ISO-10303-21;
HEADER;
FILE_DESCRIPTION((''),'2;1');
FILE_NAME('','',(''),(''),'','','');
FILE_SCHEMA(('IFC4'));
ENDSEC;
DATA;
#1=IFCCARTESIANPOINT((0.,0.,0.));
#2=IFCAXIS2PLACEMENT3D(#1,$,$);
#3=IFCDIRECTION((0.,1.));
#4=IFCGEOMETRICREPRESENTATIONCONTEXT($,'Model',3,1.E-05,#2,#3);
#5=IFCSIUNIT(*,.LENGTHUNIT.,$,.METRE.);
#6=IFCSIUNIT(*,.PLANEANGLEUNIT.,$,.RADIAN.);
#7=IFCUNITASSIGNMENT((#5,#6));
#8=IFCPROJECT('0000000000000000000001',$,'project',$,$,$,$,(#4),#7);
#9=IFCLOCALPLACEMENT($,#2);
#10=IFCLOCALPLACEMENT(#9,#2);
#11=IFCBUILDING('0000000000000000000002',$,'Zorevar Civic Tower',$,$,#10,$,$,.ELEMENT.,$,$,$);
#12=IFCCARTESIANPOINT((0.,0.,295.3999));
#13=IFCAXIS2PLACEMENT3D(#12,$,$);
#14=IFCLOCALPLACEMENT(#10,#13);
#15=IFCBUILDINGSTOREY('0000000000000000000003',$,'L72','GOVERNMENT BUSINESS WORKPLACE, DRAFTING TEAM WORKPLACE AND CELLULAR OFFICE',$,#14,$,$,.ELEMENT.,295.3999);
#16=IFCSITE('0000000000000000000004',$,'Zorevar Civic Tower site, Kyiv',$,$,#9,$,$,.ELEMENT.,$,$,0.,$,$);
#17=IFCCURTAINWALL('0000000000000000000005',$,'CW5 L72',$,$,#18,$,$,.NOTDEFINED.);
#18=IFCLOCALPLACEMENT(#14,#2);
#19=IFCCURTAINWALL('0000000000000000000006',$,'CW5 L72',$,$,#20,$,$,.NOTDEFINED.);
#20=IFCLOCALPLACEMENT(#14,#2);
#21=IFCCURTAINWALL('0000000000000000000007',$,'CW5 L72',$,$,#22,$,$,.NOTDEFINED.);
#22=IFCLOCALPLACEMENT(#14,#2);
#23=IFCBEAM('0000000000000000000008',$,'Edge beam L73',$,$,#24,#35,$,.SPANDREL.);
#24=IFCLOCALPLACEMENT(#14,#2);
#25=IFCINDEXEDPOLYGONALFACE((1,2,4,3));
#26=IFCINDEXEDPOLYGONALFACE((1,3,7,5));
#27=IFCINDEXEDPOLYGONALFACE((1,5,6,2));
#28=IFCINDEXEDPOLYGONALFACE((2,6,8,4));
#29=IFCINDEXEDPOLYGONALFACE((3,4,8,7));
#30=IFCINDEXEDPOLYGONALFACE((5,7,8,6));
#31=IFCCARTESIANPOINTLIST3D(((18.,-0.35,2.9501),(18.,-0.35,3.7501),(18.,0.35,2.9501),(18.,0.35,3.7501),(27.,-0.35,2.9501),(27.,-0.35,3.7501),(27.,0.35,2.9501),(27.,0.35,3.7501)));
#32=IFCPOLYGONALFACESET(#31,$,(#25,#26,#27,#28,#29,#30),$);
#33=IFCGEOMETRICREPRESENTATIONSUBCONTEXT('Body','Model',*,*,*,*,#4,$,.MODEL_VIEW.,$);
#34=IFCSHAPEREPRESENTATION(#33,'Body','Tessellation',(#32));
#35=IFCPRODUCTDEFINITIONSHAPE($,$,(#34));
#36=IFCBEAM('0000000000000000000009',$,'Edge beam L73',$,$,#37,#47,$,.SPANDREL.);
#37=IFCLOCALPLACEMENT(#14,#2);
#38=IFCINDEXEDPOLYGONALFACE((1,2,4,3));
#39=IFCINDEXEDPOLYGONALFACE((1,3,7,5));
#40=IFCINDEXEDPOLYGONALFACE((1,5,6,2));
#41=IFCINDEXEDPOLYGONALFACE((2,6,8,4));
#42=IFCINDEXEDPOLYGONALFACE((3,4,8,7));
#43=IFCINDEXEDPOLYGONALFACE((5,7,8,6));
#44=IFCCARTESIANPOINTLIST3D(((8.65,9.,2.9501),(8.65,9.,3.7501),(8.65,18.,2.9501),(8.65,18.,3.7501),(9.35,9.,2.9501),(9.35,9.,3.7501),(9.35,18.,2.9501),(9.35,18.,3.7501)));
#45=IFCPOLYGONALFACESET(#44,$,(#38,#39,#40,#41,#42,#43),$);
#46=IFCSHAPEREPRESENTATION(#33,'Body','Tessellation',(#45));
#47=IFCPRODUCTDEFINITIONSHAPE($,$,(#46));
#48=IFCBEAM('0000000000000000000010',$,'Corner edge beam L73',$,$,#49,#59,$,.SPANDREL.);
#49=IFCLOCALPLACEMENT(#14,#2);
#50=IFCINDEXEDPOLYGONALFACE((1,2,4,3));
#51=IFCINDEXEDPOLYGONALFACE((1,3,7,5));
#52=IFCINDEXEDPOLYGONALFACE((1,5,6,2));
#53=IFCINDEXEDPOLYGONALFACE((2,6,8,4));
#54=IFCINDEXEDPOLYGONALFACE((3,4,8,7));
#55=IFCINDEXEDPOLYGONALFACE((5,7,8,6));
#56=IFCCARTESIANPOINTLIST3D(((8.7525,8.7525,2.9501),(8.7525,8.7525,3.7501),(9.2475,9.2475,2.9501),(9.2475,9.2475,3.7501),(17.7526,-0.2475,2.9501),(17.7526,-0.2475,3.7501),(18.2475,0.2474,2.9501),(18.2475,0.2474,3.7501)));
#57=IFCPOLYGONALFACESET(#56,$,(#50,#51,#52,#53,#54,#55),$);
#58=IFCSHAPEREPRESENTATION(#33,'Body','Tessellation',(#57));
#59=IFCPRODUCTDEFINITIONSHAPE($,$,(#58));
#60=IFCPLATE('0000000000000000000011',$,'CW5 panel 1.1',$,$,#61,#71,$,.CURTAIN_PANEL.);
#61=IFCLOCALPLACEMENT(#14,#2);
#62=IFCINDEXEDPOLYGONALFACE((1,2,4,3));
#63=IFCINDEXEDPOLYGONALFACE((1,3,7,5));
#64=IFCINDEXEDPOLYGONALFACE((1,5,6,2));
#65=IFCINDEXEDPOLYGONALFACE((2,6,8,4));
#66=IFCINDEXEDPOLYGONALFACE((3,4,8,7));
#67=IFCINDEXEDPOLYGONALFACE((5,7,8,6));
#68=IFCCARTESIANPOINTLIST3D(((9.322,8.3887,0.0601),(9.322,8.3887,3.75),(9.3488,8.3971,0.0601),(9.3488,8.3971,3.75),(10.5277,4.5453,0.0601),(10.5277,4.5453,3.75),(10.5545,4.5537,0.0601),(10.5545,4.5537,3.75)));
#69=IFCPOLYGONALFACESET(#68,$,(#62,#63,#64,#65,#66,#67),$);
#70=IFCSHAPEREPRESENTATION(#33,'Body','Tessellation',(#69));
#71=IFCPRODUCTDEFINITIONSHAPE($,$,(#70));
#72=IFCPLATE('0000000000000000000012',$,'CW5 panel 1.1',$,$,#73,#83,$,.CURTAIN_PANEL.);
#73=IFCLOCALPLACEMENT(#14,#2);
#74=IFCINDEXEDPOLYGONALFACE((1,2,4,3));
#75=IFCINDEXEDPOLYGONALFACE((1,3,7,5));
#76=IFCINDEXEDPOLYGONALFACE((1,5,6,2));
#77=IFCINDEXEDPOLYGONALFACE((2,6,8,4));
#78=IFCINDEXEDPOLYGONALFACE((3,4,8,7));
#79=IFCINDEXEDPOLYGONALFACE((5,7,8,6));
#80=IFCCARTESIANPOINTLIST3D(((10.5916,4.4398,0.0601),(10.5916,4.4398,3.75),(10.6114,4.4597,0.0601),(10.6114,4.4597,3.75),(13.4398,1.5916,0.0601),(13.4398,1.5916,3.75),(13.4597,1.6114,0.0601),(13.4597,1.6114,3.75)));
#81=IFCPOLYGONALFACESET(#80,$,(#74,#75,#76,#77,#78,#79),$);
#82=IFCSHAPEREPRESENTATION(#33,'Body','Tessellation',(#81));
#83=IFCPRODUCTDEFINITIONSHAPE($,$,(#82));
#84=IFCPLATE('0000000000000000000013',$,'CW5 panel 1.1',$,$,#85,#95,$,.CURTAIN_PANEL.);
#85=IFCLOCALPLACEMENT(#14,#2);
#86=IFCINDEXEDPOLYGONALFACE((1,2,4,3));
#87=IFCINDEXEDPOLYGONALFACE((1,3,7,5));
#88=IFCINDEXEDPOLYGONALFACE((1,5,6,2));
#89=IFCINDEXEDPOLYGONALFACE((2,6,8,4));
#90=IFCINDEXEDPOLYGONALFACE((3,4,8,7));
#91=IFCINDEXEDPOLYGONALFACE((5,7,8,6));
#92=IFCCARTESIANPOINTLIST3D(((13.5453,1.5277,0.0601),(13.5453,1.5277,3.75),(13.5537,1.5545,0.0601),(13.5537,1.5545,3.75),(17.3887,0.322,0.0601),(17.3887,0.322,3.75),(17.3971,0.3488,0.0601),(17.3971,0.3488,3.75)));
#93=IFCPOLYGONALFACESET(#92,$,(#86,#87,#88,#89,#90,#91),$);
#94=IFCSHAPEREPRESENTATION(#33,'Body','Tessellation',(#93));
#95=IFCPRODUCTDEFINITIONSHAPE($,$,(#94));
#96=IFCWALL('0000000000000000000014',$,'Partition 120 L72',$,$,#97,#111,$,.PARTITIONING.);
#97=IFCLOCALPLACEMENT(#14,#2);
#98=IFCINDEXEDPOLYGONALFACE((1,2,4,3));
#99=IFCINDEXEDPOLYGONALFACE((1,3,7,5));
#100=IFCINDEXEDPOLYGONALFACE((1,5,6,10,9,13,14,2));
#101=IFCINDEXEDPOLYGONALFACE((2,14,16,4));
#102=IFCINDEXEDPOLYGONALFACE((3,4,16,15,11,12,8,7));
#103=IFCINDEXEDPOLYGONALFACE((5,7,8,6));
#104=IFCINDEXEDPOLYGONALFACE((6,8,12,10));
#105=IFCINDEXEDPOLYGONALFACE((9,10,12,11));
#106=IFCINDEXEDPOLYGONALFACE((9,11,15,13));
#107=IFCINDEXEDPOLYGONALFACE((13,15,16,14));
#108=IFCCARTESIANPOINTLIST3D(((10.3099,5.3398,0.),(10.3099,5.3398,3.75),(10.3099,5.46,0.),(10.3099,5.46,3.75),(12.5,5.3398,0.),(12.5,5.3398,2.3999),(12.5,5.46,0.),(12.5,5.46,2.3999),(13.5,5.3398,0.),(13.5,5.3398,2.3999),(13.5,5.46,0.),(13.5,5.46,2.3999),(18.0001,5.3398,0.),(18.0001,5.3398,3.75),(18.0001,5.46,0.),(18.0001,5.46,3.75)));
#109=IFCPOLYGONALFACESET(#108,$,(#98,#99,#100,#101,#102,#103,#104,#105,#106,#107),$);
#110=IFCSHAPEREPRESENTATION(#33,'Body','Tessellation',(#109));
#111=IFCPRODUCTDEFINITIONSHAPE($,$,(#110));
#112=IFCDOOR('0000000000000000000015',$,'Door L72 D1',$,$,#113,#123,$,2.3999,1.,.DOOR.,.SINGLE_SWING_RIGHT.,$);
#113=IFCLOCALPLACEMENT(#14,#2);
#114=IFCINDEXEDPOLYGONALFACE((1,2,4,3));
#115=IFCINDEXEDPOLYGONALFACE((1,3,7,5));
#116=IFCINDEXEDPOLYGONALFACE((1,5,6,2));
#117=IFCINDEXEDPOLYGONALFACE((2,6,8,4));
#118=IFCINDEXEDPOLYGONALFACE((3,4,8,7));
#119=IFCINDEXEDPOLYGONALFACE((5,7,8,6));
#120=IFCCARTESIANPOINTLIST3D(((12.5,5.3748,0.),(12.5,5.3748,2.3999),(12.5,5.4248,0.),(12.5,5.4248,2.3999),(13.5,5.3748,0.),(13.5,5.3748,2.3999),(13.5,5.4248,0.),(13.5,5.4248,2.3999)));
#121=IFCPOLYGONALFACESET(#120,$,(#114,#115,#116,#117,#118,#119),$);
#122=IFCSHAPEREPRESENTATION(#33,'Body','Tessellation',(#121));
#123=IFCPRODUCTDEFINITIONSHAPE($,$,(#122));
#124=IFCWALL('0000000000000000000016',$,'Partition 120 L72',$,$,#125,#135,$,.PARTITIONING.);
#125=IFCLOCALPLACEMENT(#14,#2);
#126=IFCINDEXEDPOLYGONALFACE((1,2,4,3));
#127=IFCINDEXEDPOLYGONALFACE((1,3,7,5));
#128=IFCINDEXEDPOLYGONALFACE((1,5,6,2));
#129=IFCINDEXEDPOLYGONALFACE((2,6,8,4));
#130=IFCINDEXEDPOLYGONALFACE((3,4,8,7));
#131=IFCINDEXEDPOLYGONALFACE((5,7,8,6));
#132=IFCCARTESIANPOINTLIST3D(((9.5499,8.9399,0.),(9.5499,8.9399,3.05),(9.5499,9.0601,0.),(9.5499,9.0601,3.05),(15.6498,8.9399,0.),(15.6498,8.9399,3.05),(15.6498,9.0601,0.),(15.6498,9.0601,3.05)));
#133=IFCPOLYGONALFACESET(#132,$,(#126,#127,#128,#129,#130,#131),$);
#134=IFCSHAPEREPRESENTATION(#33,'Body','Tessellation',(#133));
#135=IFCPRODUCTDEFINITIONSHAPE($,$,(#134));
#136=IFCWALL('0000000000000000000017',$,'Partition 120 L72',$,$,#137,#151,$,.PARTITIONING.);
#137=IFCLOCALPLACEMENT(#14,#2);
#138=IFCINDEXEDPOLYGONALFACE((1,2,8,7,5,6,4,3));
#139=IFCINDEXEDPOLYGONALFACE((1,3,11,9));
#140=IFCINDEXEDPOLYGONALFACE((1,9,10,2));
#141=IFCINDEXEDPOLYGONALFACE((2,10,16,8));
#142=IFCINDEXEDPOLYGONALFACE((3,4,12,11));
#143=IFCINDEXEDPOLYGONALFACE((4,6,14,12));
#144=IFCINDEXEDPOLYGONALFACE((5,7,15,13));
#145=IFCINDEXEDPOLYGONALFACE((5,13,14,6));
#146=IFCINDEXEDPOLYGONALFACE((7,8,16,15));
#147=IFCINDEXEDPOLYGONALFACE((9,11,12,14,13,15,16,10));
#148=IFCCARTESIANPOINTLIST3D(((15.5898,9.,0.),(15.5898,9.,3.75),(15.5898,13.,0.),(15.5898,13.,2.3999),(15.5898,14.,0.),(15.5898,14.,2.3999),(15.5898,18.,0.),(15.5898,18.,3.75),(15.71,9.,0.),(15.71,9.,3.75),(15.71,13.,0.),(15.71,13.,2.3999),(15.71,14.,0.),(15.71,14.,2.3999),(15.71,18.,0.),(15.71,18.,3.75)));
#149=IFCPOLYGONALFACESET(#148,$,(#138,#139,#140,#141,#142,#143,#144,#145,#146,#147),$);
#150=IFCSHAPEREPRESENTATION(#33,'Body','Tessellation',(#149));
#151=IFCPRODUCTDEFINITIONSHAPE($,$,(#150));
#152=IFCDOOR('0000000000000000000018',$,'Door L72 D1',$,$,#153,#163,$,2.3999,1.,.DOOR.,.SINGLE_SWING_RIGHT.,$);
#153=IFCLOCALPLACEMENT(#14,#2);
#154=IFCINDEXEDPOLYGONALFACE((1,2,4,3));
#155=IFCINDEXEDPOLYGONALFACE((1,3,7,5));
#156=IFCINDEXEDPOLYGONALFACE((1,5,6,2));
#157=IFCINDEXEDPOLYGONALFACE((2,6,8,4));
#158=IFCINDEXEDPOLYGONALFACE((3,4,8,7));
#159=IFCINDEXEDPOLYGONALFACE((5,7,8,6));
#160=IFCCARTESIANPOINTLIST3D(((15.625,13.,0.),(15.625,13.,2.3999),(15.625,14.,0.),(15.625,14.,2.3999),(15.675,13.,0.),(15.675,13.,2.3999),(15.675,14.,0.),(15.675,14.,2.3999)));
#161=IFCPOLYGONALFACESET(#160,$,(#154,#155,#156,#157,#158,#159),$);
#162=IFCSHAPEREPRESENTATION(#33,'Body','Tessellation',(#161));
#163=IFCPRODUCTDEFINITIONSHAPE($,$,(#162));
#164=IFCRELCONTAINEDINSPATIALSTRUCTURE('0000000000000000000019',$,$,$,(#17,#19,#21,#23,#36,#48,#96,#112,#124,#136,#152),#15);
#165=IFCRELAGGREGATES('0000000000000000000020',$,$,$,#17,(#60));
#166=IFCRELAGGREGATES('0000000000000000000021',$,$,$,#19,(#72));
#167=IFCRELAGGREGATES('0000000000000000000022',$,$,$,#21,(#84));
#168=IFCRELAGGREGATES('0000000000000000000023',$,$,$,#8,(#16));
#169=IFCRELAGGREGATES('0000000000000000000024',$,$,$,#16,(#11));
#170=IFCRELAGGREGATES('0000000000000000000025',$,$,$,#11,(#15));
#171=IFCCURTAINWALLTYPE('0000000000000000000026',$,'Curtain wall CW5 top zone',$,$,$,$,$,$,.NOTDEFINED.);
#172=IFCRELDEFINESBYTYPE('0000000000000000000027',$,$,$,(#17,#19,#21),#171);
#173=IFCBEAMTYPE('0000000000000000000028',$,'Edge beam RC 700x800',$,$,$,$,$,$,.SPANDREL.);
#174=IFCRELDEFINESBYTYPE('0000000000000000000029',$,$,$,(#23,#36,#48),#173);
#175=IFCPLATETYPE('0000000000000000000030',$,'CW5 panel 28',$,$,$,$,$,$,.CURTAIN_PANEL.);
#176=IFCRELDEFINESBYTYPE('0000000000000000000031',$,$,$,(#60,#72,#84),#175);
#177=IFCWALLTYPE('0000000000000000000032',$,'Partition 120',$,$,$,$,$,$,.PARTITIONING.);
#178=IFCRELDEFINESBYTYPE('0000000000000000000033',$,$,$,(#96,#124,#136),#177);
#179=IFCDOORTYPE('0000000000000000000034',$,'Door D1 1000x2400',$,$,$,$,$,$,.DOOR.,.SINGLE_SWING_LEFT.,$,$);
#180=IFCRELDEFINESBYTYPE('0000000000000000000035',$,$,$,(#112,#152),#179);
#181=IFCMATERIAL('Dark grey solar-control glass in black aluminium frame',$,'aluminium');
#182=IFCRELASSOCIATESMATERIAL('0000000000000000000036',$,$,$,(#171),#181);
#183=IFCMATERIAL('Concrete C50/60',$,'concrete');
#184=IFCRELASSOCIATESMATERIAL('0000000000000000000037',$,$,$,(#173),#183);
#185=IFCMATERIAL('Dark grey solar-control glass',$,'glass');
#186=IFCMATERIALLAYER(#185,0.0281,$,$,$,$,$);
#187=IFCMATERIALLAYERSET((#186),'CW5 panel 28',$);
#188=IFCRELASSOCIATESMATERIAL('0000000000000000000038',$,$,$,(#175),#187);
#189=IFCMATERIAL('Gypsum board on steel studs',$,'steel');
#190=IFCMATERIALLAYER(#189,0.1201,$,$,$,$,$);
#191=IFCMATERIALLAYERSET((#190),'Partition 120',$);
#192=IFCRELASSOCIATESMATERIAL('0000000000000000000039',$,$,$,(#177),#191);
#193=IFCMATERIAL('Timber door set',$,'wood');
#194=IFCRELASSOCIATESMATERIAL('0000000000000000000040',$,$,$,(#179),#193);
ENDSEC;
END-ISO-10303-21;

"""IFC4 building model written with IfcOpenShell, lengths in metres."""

from ifc_helpers import new_model, si_unit, direction, frame, frame_2d, origin, origin_2d, place, context, subcontext, project, spatial, rectangle, extrude, material, layer, layer_set, material_profile, profile_set, type_object, element, fill, aggregate, save


model = new_model("IFC4")

# Units and contexts
model_context = context("Model", 3, precision=1e-05, world=origin(), true_north=direction((0.0, 1.0)))
body_context = subcontext(model_context, "Body", "Model", "MODEL_VIEW")
ifc_project = project(units=[si_unit("LENGTHUNIT", "METRE"), si_unit("PLANEANGLEUNIT", "RADIAN")], contexts=[model_context])

# Site, building, storey
site_placement = place(None, origin())
site = spatial("IfcSite", under=ifc_project, at=site_placement, Name="Zorevar Civic Tower site, Kyiv", CompositionType="ELEMENT", RefElevation=0.0)
building_placement = place(site_placement, origin())
building = spatial("IfcBuilding", under=site, at=building_placement, Name="Zorevar Civic Tower", CompositionType="ELEMENT")
storey_placement = place(building_placement, frame((0.0, 0.0, 295.3999)))
storey = spatial("IfcBuildingStorey", under=building, at=storey_placement, Name="L72", Description="GOVERNMENT BUSINESS WORKPLACE, DRAFTING TEAM WORKPLACE AND CELLULAR OFFICE", CompositionType="ELEMENT", Elevation=295.3999)

# Curtain walls
ifc_material_1 = material(Name="Dark grey solar-control glass in black aluminium frame", Category="aluminium")
curtain_wall_type = type_object("IfcCurtainWallType", Name="Curtain wall CW5 top zone", PredefinedType="NOTDEFINED", material=ifc_material_1)
curtain_wall_1_placement = place(storey_placement, origin())
curtain_wall_1 = element("IfcCurtainWall", 1, at=curtain_wall_1_placement, inside=storey, type_object=curtain_wall_type, Name="CW5 L72", PredefinedType="NOTDEFINED")
curtain_wall_2_placement = place(storey_placement, origin())
curtain_wall_2 = element("IfcCurtainWall", 2, at=curtain_wall_2_placement, inside=storey, type_object=curtain_wall_type, Name="CW5 L72", PredefinedType="NOTDEFINED")
curtain_wall_3_placement = place(storey_placement, origin())
curtain_wall_3 = element("IfcCurtainWall", 3, at=curtain_wall_3_placement, inside=storey, type_object=curtain_wall_type, Name="CW5 L72", PredefinedType="NOTDEFINED")

# Beams
ifc_material_2 = material(Name="Concrete C50/60", Category="concrete")
ifc_material_profile_1 = material_profile(ifc_material_2, rectangle(XDim=0.7, YDim=0.8, at=origin_2d()), Name="RC 700x800")
ifc_profile_set_1 = profile_set([ifc_material_profile_1], Name="Concrete C50/60")
beam_type_1 = type_object("IfcBeamType", Name="Edge beam RC 700x800", PredefinedType="SPANDREL", material=ifc_profile_set_1)
for number, where, z_axis, x_axis, name in (
    (4, (18.0, 0.0, 3.3501), (1.0, 0.0, 0.0), (0.0, 1.0, 0.0), "Edge beam L73"),
    (5, (9.0, 9.0, 3.3501), (0.0, 1.0, 0.0), (-1.0, 0.0, 0.0), "Edge beam L73"),
):
    element("IfcBeam", number, at=place(storey_placement, frame(where, z_axis=z_axis, x_axis=x_axis)), inside=storey, type_object=beam_type_1, Name=name, PredefinedType="SPANDREL", context=body_context, shape_type="SweptSolid", body=[
        extrude(rectangle(XDim=0.7, YDim=0.8, at=origin_2d()), origin(), (0.0, 0.0, 1.0), 9.0),
    ])
beam_1_placement = place(storey_placement, frame((9.0, 9.0, 3.3501), z_axis=(0.707107, -0.707107, 0.0), x_axis=(0.707107, 0.707107, 0.0)))
element("IfcBeam", 6, at=beam_1_placement, inside=storey, type_object=beam_type_1, Name="Corner edge beam L73", PredefinedType="SPANDREL", context=body_context, shape_type="SweptSolid", body=[
    extrude(rectangle(XDim=0.7, YDim=0.8, at=origin_2d()), origin(), (0.0, 0.0, 1.0), 12.728),
])

# Plates
ifc_material_3 = material(Name="Dark grey solar-control glass", Category="glass")
ifc_layer_1 = layer(ifc_material_3, 0.0281)
ifc_layer_set_1 = layer_set([ifc_layer_1], Name="CW5 panel 28")
plate_type = type_object("IfcPlateType", Name="CW5 panel 28", PredefinedType="CURTAIN_PANEL", material=ifc_layer_set_1)
plate_1_placement = place(storey_placement, frame((9.9382, 6.4712, 0.0601), z_axis=(0.0, 0.0, 1.0), x_axis=(0.299318, -0.954153, 0.0)))
plate_1 = element("IfcPlate", 7, at=plate_1_placement, type_object=plate_type, Name="CW5 panel 1.1", PredefinedType="CURTAIN_PANEL", context=body_context, shape_type="SweptSolid", body=[
    extrude(rectangle(XDim=4.0281, YDim=0.0281, at=origin_2d()), origin(), (0.0, 0.0, 1.0), 3.6899),
])
aggregate(curtain_wall_1, [plate_1])
plate_2_placement = place(storey_placement, frame((12.0256, 3.0256, 0.0601), z_axis=(0.0, 0.0, 1.0), x_axis=(0.707107, -0.707107, 0.0)))
plate_2 = element("IfcPlate", 8, at=plate_2_placement, type_object=plate_type, Name="CW5 panel 1.1", PredefinedType="CURTAIN_PANEL", context=body_context, shape_type="SweptSolid", body=[
    extrude(rectangle(XDim=4.0281, YDim=0.0281, at=origin_2d()), origin(), (0.0, 0.0, 1.0), 3.6899),
])
aggregate(curtain_wall_2, [plate_2])
plate_3_placement = place(storey_placement, frame((15.4712, 0.9382, 0.0601), z_axis=(0.0, 0.0, 1.0), x_axis=(0.954153, -0.299318, 0.0)))
plate_3 = element("IfcPlate", 9, at=plate_3_placement, type_object=plate_type, Name="CW5 panel 1.1", PredefinedType="CURTAIN_PANEL", context=body_context, shape_type="SweptSolid", body=[
    extrude(rectangle(XDim=4.0281, YDim=0.0281, at=origin_2d()), origin(), (0.0, 0.0, 1.0), 3.6899),
])
aggregate(curtain_wall_3, [plate_3])

# Wall, opening, door
ifc_material_4 = material(Name="Gypsum board on steel studs", Category="steel")
ifc_layer_2 = layer(ifc_material_4, 0.1201)
ifc_layer_set_2 = layer_set([ifc_layer_2], Name="Partition 120")
wall_type = type_object("IfcWallType", Name="Partition 120", PredefinedType="PARTITIONING", material=ifc_layer_set_2)
wall_1_placement = place(storey_placement, frame((10.3098, 5.3999, 0.0), z_axis=(0.0, 0.0, 1.0), x_axis=(1.0, 0.0, 0.0)))
wall_1 = element("IfcWall", 10, at=wall_1_placement, inside=storey, type_object=wall_type, Name="Partition 120 L72", PredefinedType="PARTITIONING", context=body_context, shape_type="SweptSolid", body=[
    extrude(rectangle(XDim=7.6902, YDim=0.1201, at=frame_2d((3.8452, 0.0))), origin(), (0.0, 0.0, 1.0), 3.75),
])
opening_1_placement = place(wall_1_placement, frame((2.1902, 0.0, 0.0)))
opening_1 = element("IfcOpeningElement", 11, at=opening_1_placement, cuts=wall_1, PredefinedType="OPENING", context=body_context, shape_type="SweptSolid", body=[
    extrude(rectangle(XDim=1.0, YDim=2.3999, at=frame_2d((0.5, 1.2))), frame((0.0, 0.0701, 0.0), z_axis=(0.0, -1.0, 0.0), x_axis=(1.0, 0.0, 0.0)), (0.0, 0.0, 1.0), 0.1401),
])
ifc_material_5 = material(Name="Timber door set", Category="wood")
door_type = type_object("IfcDoorType", Name="Door D1 1000x2400", OperationType="SINGLE_SWING_LEFT", PredefinedType="DOOR", material=ifc_material_5)
door_1_placement = place(opening_1_placement, origin())
door_1 = element("IfcDoor", 12, at=door_1_placement, inside=storey, type_object=door_type, Name="Door L72 D1", OperationType="SINGLE_SWING_RIGHT", OverallHeight=2.3999, OverallWidth=1.0, PredefinedType="DOOR", context=body_context, shape_type="SweptSolid", body=[
    extrude(rectangle(XDim=1.0, YDim=2.3999, at=frame_2d((0.5, 1.2))), frame((0.0, 0.0249, 0.0), z_axis=(0.0, -1.0, 0.0), x_axis=(1.0, 0.0, 0.0)), (0.0, 0.0, 1.0), 0.05),
])
fill(opening_1, door_1)

# Wall
wall_2_placement = place(storey_placement, frame((9.55, 9.0, 0.0), z_axis=(0.0, 0.0, 1.0), x_axis=(1.0, 0.0, 0.0)))
element("IfcWall", 13, at=wall_2_placement, inside=storey, type_object=wall_type, Name="Partition 120 L72", PredefinedType="PARTITIONING", context=body_context, shape_type="SweptSolid", body=[
    extrude(rectangle(XDim=6.0999, YDim=0.1201, at=frame_2d((3.0498, 0.0))), origin(), (0.0, 0.0, 1.0), 3.05),
])

# Wall, opening, door
wall_3_placement = place(storey_placement, frame((15.6499, 9.0, 0.0), z_axis=(0.0, 0.0, 1.0), x_axis=(0.0, 1.0, 0.0)))
wall_3 = element("IfcWall", 14, at=wall_3_placement, inside=storey, type_object=wall_type, Name="Partition 120 L72", PredefinedType="PARTITIONING", context=body_context, shape_type="SweptSolid", body=[
    extrude(rectangle(XDim=9.0, YDim=0.1201, at=frame_2d((4.5, 0.0))), origin(), (0.0, 0.0, 1.0), 3.75),
])
opening_2_placement = place(wall_3_placement, frame((4.0, 0.0, 0.0)))
opening_2 = element("IfcOpeningElement", 15, at=opening_2_placement, cuts=wall_3, PredefinedType="OPENING", context=body_context, shape_type="SweptSolid", body=[
    extrude(rectangle(XDim=1.0, YDim=2.3999, at=frame_2d((0.5, 1.2))), frame((0.0, 0.0701, 0.0), z_axis=(0.0, -1.0, 0.0), x_axis=(1.0, 0.0, 0.0)), (0.0, 0.0, 1.0), 0.1401),
])
door_2_placement = place(opening_2_placement, origin())
door_2 = element("IfcDoor", 16, at=door_2_placement, inside=storey, type_object=door_type, Name="Door L72 D1", OperationType="SINGLE_SWING_RIGHT", OverallHeight=2.3999, OverallWidth=1.0, PredefinedType="DOOR", context=body_context, shape_type="SweptSolid", body=[
    extrude(rectangle(XDim=1.0, YDim=2.3999, at=frame_2d((0.5, 1.2))), frame((0.0, 0.0249, 0.0), z_axis=(0.0, -1.0, 0.0), x_axis=(1.0, 0.0, 0.0)), (0.0, 0.0, 1.0), 0.05),
])
fill(opening_2, door_2)

save(model, "model.ifc")
